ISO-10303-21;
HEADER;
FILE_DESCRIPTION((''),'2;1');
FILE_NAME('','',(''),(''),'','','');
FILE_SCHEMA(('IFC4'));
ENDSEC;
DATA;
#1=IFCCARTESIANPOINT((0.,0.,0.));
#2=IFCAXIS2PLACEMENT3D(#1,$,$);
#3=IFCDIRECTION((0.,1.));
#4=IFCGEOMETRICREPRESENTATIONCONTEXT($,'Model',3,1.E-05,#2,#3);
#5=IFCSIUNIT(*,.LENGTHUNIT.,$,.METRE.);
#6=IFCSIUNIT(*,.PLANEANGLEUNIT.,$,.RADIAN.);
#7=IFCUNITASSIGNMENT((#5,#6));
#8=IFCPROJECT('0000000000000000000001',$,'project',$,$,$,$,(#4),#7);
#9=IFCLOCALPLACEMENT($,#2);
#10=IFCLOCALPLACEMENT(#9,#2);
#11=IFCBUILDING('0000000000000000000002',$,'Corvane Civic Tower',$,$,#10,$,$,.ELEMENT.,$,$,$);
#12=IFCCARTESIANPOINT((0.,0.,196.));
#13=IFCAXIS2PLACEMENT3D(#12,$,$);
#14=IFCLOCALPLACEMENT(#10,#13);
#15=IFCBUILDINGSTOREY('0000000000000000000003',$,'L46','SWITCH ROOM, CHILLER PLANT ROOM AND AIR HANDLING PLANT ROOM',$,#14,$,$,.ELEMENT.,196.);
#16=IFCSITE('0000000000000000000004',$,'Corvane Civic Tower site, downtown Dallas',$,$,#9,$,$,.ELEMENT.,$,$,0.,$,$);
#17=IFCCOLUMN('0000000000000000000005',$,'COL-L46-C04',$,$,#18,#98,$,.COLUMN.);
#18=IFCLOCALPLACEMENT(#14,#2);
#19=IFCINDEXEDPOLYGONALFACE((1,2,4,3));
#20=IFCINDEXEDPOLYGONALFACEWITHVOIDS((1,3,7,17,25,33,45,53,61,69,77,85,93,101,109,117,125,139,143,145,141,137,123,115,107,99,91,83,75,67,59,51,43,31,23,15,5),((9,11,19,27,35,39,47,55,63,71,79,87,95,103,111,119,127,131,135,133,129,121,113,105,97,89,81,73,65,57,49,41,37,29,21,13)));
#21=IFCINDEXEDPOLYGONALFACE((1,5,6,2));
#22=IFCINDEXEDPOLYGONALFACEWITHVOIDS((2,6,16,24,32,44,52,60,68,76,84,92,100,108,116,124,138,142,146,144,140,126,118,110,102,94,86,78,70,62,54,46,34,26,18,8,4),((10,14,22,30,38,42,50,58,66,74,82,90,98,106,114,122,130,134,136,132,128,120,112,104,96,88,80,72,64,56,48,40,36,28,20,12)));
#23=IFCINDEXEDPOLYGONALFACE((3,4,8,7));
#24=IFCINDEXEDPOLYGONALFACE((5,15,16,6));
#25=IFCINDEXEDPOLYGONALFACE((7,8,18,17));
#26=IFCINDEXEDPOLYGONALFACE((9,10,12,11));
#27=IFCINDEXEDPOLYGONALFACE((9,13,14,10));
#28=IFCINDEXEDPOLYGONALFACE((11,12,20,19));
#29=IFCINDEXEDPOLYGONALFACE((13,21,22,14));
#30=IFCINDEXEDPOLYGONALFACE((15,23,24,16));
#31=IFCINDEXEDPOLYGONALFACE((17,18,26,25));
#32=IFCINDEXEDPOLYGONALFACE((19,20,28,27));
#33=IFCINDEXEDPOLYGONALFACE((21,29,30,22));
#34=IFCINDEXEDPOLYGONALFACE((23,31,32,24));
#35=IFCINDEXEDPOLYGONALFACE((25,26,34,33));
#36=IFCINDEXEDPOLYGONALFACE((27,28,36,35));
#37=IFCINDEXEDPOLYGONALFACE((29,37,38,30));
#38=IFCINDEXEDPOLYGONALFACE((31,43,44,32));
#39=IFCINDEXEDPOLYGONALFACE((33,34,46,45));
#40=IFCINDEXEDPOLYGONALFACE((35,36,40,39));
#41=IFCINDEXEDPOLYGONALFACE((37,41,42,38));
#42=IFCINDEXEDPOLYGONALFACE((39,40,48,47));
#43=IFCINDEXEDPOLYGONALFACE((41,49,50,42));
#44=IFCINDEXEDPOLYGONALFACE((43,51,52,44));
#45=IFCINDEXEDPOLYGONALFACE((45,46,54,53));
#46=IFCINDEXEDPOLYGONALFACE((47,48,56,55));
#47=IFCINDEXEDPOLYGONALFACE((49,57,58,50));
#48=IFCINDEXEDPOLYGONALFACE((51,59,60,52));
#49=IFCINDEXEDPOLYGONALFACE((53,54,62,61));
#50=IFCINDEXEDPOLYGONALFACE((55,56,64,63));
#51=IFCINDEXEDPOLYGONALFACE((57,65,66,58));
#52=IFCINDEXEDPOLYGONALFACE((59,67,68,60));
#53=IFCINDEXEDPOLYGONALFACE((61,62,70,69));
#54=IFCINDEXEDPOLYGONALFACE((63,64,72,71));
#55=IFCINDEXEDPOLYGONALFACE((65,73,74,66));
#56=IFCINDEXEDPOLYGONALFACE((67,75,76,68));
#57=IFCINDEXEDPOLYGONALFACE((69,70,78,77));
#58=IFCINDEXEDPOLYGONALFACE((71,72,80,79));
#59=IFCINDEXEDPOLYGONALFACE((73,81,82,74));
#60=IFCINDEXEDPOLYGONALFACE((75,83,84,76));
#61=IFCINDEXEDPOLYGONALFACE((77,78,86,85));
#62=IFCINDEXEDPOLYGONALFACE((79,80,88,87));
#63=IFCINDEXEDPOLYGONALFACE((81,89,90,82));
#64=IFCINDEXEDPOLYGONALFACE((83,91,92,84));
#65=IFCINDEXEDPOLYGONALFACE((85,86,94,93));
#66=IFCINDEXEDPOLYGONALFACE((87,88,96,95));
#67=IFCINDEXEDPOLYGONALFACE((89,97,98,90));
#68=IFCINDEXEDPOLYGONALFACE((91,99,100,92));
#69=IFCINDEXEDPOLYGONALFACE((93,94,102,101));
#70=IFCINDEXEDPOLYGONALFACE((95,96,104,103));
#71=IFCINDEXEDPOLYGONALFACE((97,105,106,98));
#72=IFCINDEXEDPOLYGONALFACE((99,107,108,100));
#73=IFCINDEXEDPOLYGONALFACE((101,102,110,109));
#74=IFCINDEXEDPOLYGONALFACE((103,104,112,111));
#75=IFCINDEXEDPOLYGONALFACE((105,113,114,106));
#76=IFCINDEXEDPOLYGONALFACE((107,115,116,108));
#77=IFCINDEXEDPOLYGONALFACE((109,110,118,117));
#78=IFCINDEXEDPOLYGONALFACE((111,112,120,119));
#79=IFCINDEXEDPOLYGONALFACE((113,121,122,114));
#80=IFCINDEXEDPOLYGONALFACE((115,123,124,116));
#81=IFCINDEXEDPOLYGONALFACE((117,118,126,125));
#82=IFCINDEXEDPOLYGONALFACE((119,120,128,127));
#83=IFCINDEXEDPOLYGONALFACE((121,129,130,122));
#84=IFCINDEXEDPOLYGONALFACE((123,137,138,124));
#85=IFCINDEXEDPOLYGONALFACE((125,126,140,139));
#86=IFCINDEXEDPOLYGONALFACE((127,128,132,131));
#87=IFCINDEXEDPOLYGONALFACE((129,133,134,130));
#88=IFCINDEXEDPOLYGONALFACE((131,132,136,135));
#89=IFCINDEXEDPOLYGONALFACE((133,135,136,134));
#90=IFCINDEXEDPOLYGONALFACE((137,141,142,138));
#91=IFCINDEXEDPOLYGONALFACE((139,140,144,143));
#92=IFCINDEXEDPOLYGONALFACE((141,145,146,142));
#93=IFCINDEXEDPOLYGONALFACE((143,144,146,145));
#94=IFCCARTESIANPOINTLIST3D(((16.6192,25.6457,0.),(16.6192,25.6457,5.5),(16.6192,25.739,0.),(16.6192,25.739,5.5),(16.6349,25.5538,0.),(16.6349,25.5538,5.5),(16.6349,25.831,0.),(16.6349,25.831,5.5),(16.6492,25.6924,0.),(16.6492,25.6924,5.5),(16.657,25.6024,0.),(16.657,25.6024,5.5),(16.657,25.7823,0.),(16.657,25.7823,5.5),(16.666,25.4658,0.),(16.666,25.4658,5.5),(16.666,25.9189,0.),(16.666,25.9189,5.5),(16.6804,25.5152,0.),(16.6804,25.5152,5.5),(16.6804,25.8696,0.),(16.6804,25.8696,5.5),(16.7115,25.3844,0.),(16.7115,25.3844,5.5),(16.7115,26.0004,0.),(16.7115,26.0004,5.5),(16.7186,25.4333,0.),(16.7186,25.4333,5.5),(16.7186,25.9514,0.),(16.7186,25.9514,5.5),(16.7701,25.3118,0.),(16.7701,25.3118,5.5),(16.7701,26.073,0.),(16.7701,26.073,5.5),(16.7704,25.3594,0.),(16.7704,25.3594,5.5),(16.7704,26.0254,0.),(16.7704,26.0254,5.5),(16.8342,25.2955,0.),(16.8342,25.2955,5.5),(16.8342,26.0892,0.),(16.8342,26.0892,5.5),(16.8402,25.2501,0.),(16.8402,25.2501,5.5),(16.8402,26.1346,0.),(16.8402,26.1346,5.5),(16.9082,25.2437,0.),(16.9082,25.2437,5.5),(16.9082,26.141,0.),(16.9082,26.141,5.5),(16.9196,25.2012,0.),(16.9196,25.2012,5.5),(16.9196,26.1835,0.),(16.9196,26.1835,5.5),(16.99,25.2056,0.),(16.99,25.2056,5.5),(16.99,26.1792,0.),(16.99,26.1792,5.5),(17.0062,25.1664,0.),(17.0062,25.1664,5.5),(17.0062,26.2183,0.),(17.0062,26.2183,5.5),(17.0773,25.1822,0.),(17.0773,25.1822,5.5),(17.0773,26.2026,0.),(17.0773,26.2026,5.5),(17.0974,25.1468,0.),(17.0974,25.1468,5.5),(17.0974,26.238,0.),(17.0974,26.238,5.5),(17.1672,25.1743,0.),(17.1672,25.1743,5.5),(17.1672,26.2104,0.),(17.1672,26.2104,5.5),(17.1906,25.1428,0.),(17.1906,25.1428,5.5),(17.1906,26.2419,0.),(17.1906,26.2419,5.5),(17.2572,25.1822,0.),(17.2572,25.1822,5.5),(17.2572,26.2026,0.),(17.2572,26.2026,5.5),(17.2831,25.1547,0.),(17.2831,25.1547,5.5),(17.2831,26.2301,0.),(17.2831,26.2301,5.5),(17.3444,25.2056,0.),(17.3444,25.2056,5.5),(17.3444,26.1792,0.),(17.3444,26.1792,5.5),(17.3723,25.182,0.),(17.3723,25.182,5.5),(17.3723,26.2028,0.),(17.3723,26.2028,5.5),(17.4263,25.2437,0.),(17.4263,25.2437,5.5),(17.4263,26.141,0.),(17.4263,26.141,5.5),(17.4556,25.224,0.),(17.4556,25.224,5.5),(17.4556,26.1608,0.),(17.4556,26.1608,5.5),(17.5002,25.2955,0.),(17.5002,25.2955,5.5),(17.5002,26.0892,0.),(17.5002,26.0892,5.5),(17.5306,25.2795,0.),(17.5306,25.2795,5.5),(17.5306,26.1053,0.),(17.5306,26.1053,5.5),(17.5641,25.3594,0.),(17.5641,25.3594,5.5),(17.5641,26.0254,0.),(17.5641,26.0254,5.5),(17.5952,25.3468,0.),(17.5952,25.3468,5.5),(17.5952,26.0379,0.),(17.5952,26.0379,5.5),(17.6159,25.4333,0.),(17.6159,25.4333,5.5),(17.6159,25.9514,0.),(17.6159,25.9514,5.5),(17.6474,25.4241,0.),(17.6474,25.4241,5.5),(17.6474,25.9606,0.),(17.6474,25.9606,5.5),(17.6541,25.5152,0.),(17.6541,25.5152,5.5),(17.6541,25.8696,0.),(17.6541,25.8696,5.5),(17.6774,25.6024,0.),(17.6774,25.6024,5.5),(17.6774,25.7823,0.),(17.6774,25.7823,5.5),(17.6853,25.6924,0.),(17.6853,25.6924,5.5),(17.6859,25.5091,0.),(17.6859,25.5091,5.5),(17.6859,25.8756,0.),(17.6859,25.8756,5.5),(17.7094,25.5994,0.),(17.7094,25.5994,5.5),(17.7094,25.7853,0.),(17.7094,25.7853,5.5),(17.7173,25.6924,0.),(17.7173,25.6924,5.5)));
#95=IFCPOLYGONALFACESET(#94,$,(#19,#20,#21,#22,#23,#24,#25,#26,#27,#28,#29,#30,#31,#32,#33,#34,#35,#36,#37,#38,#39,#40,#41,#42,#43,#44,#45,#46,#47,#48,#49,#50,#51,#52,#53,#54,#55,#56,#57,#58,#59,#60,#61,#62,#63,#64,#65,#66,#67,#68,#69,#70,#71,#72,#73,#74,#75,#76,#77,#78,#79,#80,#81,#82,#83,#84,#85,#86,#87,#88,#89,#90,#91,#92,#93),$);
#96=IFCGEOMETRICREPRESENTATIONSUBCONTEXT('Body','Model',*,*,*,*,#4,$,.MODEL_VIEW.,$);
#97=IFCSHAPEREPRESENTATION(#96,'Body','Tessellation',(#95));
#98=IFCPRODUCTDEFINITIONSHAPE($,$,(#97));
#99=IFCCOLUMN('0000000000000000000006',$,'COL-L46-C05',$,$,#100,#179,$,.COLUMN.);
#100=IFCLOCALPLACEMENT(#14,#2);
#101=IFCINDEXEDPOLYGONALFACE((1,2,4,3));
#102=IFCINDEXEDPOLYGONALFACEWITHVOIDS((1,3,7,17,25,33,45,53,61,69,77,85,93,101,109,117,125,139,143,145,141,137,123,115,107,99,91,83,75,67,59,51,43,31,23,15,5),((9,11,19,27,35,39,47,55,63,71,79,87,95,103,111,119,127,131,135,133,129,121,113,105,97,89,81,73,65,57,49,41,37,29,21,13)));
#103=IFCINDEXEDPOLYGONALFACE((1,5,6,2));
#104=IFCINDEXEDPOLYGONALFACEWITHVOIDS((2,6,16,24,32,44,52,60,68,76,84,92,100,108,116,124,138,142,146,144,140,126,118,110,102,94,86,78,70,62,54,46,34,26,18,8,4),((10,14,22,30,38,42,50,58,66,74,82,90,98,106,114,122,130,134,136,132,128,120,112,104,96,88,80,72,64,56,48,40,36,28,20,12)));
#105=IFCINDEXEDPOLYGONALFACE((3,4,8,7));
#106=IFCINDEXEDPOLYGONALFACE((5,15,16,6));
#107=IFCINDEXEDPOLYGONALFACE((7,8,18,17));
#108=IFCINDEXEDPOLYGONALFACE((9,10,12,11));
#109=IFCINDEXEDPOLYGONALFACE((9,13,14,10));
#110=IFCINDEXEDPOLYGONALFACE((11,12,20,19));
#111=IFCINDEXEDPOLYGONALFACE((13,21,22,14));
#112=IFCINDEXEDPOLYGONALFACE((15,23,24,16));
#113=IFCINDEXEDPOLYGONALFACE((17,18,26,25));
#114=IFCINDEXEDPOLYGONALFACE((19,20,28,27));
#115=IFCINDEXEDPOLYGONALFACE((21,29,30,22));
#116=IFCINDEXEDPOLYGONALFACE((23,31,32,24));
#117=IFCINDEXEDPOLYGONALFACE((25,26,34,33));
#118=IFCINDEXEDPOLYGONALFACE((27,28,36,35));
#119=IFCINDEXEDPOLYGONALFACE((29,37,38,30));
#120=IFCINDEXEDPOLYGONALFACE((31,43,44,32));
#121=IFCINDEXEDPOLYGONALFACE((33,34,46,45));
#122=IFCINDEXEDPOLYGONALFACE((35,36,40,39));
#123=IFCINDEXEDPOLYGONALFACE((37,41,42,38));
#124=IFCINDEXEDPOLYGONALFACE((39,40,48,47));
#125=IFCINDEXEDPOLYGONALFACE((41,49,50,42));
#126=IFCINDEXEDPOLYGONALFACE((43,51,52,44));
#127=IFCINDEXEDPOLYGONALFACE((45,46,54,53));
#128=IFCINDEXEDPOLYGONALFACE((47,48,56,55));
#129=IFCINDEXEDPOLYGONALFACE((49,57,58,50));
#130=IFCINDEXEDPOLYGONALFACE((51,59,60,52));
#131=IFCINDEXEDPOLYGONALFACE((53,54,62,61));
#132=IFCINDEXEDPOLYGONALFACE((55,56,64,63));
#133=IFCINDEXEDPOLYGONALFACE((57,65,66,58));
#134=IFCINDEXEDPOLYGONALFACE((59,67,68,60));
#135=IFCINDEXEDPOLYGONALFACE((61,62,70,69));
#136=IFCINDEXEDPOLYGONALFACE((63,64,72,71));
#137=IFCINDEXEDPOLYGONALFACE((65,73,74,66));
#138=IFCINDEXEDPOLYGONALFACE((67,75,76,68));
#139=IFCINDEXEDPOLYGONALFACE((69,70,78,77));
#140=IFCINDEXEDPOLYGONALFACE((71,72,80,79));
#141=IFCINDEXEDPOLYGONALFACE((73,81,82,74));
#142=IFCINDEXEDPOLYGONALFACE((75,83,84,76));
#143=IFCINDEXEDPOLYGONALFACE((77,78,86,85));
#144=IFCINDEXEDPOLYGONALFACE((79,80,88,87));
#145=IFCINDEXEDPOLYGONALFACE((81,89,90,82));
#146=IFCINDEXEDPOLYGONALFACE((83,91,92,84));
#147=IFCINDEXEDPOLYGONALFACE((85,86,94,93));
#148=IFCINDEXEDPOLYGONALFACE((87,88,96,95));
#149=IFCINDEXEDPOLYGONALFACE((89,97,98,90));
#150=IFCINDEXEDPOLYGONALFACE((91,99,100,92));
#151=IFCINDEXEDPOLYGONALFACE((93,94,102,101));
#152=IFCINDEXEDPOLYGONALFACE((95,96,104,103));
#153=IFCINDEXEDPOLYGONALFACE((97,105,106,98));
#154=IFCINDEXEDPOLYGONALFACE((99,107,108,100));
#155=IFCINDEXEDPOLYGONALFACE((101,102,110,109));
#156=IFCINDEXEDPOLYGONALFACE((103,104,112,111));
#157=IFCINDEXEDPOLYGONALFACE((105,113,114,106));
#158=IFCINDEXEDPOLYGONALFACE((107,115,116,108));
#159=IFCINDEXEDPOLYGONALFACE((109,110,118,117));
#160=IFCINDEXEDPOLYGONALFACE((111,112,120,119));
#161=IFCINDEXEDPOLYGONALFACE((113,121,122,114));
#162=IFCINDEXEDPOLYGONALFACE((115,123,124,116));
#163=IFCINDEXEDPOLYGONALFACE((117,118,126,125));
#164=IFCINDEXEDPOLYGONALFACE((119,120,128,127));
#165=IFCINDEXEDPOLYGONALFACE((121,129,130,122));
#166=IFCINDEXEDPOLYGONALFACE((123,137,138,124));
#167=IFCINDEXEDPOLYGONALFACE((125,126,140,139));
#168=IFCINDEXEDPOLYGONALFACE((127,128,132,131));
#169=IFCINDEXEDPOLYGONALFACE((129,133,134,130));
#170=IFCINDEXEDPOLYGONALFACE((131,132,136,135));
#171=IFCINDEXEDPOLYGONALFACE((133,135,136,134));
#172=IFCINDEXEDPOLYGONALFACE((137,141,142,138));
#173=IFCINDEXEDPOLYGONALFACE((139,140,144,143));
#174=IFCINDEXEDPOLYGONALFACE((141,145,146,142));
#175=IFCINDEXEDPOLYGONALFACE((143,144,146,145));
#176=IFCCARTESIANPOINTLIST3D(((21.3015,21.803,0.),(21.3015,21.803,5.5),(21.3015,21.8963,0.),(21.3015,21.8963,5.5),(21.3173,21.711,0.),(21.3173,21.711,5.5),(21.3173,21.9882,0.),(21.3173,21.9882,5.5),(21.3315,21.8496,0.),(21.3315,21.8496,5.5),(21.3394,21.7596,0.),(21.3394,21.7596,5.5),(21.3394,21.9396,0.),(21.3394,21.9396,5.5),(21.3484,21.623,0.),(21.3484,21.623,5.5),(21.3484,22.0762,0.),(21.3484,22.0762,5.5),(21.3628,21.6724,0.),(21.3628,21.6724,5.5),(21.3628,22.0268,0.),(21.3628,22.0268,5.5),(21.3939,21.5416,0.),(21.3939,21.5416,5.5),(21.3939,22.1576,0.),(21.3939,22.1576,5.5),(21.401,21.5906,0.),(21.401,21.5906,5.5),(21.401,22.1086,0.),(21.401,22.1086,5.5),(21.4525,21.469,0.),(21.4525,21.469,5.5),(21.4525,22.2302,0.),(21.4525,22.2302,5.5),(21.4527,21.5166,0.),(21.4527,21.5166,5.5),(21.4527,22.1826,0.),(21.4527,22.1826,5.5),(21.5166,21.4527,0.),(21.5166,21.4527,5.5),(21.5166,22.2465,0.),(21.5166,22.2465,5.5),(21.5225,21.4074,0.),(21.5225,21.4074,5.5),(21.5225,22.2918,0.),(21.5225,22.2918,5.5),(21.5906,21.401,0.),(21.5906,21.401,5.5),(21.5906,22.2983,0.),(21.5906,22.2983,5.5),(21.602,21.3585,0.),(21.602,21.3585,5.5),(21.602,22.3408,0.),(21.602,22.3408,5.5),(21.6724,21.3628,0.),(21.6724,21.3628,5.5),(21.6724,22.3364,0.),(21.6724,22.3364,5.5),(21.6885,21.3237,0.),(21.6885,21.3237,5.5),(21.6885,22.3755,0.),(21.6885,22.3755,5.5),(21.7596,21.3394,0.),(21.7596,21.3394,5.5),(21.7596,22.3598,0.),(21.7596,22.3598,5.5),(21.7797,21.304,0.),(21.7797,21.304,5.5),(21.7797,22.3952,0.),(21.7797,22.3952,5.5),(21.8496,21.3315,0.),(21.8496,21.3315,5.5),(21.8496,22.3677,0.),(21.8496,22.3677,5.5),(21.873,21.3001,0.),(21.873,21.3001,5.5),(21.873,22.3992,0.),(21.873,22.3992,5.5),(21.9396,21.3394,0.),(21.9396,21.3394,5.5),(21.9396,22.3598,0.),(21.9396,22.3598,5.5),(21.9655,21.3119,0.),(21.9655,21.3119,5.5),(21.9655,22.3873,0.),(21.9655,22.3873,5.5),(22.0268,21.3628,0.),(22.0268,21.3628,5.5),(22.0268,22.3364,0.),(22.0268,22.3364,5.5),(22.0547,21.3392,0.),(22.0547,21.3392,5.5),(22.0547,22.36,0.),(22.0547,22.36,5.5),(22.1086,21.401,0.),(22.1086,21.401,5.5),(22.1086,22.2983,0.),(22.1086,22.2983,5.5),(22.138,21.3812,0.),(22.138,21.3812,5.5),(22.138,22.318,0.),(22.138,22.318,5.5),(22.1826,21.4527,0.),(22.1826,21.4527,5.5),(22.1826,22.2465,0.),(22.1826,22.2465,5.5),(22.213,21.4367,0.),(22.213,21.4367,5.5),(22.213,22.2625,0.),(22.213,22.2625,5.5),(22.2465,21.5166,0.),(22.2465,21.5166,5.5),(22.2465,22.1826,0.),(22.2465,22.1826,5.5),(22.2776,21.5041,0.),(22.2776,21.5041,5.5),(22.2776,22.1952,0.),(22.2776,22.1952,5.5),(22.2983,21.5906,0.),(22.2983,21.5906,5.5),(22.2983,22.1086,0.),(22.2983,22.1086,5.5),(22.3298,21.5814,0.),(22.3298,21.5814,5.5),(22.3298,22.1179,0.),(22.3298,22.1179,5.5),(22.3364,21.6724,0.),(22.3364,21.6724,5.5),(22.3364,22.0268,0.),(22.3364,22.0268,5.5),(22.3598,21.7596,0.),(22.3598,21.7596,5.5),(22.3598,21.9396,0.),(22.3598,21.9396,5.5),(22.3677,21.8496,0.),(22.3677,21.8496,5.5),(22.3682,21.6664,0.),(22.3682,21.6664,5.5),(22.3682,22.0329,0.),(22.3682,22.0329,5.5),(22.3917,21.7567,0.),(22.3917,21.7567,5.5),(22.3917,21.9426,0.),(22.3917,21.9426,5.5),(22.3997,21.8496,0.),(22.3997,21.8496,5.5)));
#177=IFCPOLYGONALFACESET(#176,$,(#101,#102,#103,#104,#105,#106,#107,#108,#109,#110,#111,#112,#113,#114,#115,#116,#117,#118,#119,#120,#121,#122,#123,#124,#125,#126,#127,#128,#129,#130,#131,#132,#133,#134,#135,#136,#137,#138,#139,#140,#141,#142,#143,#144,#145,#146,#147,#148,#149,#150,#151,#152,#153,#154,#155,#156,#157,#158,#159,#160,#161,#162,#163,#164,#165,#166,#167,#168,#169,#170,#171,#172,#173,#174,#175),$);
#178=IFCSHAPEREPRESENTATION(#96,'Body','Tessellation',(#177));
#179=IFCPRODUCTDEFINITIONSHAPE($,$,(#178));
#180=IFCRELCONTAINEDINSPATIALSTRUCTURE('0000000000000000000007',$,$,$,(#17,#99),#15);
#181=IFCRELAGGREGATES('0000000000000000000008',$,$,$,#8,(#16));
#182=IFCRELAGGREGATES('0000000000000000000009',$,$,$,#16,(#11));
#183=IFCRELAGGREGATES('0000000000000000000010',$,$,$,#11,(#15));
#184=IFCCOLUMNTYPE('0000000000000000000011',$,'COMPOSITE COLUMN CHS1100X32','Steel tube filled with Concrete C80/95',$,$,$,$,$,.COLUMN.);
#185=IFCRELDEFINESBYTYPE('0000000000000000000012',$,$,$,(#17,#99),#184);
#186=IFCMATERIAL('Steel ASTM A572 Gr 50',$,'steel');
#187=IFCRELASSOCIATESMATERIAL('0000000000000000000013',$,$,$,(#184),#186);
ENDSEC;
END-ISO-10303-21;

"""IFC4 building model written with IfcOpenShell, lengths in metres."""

from ifc_helpers import new_model, si_unit, direction, frame, origin, origin_2d, place, context, subcontext, project, spatial, hollow_circle, extrude, material, material_profile, profile_set, type_object, element, save


model = new_model("IFC4")

# Units and contexts
model_context = context("Model", 3, precision=1e-05, world=origin(), true_north=direction((0.0, 1.0)))
body_context = subcontext(model_context, "Body", "Model", "MODEL_VIEW")
ifc_project = project(units=[si_unit("LENGTHUNIT", "METRE"), si_unit("PLANEANGLEUNIT", "RADIAN")], contexts=[model_context])

# Site, building, storey
site_placement = place(None, origin())
site = spatial("IfcSite", under=ifc_project, at=site_placement, Name="Corvane Civic Tower site, downtown Dallas", CompositionType="ELEMENT", RefElevation=0.0)
building_placement = place(site_placement, origin())
building = spatial("IfcBuilding", under=site, at=building_placement, Name="Corvane Civic Tower", CompositionType="ELEMENT")
storey_placement = place(building_placement, frame((0.0, 0.0, 196.0)))
storey = spatial("IfcBuildingStorey", under=building, at=storey_placement, Name="L46", Description="SWITCH ROOM, CHILLER PLANT ROOM AND AIR HANDLING PLANT ROOM", CompositionType="ELEMENT", Elevation=196.0)

# Columns
ifc_material_1 = material(Name="Steel ASTM A572 Gr 50", Category="steel")
ifc_material_profile_1 = material_profile(ifc_material_1, hollow_circle(Radius=0.55, WallThickness=0.032, at=origin_2d()), Name="CHS1100X32")
ifc_profile_set_1 = profile_set([ifc_material_profile_1], Name="Steel ASTM A572 Gr 50")
column_type_1 = type_object("IfcColumnType", Name="COMPOSITE COLUMN CHS1100X32", Description="Steel tube filled with Concrete C80/95", PredefinedType="COLUMN", material=ifc_profile_set_1)
for number, where, z_axis, x_axis, name in (
    (1, (17.1672, 25.6924, 0.0), (0.0, 0.0, 1.0), (1.0, 0.0, 0.0), "COL-L46-C04"),
    (2, (21.8496, 21.8496, 0.0), (0.0, 0.0, 1.0), (1.0, 0.0, 0.0), "COL-L46-C05"),
):
    element("IfcColumn", number, at=place(storey_placement, frame(where, z_axis=z_axis, x_axis=x_axis)), inside=storey, type_object=column_type_1, Name=name, PredefinedType="COLUMN", context=body_context, shape_type="SweptSolid", body=[
        extrude(hollow_circle(Radius=0.55, WallThickness=0.032, at=origin_2d()), origin(), (0.0, 0.0, 1.0), 5.5),
    ])

save(model, "model.ifc")
